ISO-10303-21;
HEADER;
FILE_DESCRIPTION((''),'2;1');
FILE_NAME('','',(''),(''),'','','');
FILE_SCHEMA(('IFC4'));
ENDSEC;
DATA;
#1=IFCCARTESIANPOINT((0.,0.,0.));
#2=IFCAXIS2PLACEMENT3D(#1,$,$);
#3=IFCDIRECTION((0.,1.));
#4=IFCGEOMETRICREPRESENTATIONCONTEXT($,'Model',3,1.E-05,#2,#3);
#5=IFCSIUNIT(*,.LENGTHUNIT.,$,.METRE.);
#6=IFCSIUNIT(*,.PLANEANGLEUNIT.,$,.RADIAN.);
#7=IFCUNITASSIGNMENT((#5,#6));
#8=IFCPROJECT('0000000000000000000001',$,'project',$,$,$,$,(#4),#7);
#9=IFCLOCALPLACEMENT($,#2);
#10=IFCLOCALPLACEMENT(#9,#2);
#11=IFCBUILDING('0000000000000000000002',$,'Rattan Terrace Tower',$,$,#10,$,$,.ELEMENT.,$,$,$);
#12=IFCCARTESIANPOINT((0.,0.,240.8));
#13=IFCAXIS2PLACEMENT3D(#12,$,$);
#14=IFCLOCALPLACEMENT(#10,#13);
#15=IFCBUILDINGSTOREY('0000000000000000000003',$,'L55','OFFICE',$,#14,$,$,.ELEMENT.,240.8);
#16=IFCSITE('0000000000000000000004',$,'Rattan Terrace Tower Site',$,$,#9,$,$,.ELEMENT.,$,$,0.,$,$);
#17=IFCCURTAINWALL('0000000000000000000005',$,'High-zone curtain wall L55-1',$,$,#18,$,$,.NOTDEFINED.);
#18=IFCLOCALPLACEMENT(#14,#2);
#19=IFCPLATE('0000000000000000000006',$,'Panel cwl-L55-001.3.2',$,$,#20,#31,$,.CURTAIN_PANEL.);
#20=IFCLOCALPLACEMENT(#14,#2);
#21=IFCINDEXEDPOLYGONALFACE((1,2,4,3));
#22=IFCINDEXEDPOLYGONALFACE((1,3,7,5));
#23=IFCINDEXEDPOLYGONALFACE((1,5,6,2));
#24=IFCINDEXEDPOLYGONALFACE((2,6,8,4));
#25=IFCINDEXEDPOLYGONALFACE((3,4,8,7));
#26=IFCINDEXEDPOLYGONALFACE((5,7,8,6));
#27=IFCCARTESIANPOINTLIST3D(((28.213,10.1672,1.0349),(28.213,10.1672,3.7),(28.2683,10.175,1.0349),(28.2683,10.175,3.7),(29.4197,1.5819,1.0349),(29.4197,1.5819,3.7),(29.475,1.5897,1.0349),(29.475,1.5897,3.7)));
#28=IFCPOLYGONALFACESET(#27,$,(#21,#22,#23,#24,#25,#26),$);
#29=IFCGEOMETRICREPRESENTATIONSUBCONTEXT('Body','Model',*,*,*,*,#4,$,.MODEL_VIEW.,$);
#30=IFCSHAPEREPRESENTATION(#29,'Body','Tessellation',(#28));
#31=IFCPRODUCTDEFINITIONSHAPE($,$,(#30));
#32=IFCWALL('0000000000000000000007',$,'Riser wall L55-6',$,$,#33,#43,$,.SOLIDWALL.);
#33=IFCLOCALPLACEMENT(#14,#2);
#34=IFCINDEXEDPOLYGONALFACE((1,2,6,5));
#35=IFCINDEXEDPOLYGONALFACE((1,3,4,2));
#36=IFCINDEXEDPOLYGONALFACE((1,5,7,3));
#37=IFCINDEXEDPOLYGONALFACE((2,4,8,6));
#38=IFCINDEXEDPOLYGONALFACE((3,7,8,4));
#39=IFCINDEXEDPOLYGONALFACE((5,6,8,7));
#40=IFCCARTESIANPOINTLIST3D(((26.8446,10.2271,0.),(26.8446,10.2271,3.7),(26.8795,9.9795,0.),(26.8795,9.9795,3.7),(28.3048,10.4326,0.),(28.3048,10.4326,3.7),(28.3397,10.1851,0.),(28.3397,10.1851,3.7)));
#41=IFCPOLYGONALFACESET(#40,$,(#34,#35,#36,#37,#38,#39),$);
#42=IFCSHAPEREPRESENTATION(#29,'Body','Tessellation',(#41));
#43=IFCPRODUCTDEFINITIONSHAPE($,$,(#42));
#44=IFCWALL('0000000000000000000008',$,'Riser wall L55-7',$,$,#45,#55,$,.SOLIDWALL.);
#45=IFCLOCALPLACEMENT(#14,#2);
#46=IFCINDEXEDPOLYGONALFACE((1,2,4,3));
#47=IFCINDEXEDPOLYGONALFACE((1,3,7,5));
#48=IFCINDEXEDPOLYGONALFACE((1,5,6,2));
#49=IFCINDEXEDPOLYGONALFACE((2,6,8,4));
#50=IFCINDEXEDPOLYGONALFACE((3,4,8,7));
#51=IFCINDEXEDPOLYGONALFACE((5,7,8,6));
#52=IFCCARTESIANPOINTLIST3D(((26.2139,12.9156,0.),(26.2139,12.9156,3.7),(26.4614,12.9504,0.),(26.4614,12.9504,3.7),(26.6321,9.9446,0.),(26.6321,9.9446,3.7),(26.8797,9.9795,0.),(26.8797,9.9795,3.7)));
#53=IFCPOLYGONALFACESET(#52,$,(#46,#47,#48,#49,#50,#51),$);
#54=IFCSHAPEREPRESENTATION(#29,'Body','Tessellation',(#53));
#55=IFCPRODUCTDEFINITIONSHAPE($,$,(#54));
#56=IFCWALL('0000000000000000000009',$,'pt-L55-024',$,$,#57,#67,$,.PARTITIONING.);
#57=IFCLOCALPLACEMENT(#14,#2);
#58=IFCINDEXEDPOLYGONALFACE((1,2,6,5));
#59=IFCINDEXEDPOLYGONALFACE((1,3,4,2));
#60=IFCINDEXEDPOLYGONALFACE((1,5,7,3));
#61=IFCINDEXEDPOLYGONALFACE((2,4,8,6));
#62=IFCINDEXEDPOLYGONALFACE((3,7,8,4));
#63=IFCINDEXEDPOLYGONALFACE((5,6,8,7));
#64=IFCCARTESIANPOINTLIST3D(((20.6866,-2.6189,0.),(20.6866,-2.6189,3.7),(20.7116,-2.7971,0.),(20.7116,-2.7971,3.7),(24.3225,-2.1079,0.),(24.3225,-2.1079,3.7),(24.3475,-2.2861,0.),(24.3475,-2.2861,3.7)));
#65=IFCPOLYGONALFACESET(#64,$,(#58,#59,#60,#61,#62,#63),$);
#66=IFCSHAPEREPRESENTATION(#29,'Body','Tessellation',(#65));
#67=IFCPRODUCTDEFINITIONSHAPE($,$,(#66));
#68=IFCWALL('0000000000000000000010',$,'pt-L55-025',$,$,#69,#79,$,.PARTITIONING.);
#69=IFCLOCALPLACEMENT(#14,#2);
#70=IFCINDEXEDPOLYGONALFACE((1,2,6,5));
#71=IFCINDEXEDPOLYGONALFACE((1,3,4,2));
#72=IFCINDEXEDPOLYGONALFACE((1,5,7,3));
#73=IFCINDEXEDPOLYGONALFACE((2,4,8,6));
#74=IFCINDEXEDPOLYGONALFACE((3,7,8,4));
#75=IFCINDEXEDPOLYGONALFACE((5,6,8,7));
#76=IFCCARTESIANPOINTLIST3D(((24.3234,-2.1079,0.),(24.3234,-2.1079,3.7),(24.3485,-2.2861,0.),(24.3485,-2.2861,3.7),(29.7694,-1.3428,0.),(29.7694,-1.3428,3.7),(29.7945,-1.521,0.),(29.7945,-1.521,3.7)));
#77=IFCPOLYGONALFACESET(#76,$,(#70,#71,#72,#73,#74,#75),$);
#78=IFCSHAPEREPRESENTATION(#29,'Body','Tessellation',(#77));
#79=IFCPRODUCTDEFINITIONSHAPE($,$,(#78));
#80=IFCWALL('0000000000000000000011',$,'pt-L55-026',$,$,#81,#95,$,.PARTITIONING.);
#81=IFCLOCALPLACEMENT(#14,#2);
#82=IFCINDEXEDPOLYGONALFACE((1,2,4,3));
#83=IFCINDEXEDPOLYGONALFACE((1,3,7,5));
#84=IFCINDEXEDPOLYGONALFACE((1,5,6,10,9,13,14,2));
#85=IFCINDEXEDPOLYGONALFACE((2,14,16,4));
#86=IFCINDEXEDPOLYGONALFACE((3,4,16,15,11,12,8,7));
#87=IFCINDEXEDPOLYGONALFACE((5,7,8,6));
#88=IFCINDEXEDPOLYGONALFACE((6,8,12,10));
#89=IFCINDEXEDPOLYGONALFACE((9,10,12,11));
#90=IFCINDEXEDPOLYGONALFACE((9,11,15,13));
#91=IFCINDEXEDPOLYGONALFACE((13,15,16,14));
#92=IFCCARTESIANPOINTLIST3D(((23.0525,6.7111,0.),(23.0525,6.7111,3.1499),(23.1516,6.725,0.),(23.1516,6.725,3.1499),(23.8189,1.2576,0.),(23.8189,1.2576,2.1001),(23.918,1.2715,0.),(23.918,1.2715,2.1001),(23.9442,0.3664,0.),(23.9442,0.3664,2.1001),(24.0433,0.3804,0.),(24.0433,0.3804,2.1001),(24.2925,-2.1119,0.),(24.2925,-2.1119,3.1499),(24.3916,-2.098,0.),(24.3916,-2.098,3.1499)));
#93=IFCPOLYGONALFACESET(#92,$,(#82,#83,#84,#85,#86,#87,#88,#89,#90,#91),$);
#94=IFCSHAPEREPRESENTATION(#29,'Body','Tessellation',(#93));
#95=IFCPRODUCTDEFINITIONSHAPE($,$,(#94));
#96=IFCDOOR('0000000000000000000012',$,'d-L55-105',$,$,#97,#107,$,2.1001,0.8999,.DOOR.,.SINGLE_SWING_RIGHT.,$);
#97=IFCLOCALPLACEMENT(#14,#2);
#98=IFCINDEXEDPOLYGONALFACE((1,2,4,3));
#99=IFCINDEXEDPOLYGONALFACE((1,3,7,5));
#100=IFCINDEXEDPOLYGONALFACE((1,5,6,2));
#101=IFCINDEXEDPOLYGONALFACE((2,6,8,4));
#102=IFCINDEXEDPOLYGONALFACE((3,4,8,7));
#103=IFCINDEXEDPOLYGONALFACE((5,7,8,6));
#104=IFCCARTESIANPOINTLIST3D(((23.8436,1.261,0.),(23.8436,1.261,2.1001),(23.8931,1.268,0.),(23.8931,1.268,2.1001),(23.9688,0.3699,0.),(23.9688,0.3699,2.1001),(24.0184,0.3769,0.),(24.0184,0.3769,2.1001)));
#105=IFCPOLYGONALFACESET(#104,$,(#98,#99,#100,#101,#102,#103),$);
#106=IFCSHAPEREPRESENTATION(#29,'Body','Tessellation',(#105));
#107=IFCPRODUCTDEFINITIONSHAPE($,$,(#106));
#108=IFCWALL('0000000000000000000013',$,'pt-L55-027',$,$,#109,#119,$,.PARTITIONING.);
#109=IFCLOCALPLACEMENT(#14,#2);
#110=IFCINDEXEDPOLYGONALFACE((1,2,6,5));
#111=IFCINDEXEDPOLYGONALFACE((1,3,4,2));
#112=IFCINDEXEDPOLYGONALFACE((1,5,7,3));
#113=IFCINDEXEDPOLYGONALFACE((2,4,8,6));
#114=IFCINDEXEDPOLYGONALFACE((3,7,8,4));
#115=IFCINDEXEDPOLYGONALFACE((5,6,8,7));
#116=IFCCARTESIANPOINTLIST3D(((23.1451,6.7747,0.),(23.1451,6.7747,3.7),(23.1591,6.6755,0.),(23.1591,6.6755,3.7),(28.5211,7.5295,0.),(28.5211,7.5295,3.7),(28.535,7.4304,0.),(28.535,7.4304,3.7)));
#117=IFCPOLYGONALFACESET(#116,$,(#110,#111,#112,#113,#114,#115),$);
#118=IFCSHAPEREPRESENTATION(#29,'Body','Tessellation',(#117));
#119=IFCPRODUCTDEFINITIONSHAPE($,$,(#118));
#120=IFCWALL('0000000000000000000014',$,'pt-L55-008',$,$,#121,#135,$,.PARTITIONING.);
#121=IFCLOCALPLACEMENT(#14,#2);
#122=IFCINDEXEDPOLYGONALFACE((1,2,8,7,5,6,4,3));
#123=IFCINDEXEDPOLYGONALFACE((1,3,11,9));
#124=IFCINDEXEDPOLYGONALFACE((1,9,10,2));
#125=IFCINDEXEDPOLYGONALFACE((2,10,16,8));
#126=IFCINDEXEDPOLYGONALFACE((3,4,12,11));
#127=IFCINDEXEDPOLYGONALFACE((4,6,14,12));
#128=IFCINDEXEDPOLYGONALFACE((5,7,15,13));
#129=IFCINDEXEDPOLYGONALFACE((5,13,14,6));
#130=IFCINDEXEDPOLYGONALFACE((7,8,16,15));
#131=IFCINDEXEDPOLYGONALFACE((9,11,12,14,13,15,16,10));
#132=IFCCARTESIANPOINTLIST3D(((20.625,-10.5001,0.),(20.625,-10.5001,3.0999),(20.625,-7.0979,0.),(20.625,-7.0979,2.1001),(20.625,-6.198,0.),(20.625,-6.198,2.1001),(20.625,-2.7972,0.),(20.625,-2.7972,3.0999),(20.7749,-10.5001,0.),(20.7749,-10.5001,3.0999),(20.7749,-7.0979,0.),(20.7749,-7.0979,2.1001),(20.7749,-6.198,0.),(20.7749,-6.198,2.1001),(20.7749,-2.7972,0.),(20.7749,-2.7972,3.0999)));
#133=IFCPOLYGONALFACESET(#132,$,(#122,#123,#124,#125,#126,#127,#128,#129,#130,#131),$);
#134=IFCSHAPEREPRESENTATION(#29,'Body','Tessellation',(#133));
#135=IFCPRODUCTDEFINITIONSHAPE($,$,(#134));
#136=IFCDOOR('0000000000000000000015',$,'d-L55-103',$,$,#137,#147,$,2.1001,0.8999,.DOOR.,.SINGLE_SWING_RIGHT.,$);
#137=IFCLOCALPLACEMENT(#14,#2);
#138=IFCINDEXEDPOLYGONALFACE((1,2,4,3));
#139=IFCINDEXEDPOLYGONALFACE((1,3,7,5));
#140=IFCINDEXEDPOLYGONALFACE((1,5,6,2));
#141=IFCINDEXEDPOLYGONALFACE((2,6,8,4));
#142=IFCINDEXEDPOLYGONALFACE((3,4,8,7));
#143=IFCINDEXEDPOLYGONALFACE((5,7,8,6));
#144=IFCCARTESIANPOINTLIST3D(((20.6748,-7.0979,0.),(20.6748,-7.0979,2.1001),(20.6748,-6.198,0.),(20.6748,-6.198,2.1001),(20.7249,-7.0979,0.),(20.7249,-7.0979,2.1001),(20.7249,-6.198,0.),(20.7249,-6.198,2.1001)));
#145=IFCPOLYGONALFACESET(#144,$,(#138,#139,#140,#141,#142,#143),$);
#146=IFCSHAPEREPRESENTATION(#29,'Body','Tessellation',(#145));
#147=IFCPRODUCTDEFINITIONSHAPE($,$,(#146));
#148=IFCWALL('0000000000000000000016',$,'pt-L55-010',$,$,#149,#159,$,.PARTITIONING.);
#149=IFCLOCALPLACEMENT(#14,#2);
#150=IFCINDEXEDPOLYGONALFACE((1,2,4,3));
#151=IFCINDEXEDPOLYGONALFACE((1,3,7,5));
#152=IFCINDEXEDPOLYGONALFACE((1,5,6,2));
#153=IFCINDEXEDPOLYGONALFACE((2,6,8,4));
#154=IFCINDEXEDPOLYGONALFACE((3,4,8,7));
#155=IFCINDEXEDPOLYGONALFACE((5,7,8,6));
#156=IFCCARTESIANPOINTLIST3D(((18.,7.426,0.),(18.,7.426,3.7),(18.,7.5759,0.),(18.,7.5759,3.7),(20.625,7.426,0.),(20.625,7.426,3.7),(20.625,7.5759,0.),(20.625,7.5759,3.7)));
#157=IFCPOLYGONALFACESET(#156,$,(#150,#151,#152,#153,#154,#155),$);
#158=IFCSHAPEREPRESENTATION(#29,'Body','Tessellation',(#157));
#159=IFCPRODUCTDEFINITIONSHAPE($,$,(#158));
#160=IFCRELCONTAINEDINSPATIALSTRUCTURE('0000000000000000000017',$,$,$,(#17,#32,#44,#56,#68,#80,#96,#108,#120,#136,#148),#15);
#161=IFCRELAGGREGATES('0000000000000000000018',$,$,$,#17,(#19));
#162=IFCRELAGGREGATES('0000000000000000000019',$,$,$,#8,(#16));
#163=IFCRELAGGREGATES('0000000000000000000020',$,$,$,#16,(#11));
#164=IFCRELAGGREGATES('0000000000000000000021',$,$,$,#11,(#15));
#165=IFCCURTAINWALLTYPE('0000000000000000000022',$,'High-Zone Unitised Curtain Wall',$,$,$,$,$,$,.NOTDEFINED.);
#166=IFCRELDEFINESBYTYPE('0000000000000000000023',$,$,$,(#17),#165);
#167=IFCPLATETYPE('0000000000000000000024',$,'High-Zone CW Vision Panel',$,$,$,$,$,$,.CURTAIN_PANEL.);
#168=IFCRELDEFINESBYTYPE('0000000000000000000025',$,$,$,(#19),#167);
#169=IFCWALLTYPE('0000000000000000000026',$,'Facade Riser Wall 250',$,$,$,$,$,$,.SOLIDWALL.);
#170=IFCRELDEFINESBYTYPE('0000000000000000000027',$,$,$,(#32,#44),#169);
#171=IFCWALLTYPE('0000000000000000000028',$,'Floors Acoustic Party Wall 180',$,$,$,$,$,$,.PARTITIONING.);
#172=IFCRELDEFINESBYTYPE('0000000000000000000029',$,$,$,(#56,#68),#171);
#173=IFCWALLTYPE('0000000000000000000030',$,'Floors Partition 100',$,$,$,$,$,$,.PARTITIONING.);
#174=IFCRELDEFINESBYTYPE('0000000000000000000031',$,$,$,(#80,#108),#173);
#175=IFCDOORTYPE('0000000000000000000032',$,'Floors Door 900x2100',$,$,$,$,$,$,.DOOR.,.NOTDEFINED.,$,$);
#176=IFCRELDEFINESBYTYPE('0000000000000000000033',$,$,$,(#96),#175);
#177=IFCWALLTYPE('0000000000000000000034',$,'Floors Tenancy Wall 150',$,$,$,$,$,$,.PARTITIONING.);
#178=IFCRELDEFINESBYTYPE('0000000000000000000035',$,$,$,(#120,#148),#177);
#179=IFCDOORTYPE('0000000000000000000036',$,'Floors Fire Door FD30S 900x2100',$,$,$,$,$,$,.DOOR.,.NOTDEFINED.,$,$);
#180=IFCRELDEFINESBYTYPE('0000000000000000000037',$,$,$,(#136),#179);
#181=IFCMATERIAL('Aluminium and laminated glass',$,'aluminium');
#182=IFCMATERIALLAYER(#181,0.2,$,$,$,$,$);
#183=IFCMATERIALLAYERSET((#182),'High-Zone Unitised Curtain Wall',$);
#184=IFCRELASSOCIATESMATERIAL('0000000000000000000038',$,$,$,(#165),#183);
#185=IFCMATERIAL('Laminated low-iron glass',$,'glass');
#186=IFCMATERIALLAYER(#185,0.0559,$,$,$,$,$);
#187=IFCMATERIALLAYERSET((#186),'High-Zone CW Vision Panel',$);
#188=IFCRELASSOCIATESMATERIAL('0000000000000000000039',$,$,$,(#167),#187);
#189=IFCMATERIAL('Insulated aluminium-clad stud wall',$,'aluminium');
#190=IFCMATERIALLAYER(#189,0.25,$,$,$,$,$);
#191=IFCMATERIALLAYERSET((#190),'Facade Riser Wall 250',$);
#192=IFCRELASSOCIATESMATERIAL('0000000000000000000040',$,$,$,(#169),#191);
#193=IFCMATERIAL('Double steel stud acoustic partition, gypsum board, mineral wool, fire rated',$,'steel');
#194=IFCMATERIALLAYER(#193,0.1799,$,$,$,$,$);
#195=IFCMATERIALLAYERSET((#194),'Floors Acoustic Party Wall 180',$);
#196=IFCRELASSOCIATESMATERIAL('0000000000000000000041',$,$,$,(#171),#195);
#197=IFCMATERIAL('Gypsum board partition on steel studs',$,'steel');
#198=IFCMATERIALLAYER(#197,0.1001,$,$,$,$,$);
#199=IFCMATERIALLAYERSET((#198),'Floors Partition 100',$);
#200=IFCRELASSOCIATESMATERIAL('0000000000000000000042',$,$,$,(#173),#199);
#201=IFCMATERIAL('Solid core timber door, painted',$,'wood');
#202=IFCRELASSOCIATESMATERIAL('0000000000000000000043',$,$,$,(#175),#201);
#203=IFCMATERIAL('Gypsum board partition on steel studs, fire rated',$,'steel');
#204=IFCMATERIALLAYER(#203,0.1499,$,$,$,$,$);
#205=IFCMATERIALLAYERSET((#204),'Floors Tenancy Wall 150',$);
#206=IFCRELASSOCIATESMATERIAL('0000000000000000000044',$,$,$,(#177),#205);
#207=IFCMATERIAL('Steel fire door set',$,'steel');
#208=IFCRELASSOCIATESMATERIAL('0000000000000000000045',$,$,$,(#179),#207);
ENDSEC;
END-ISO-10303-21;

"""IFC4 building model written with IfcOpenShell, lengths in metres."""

from ifc_helpers import new_model, si_unit, direction, frame, frame_2d, origin, origin_2d, place, context, subcontext, project, spatial, rectangle, extrude, material, layer, layer_set, type_object, element, fill, aggregate, save


model = new_model("IFC4")

# Units and contexts
model_context = context("Model", 3, precision=1e-05, world=origin(), true_north=direction((0.0, 1.0)))
body_context = subcontext(model_context, "Body", "Model", "MODEL_VIEW")
ifc_project = project(units=[si_unit("LENGTHUNIT", "METRE"), si_unit("PLANEANGLEUNIT", "RADIAN")], contexts=[model_context])

# Site, building, storey
site_placement = place(None, origin())
site = spatial("IfcSite", under=ifc_project, at=site_placement, Name="Rattan Terrace Tower Site", CompositionType="ELEMENT", RefElevation=0.0)
building_placement = place(site_placement, origin())
building = spatial("IfcBuilding", under=site, at=building_placement, Name="Rattan Terrace Tower", CompositionType="ELEMENT")
storey_placement = place(building_placement, frame((0.0, 0.0, 240.8)))
storey = spatial("IfcBuildingStorey", under=building, at=storey_placement, Name="L55", Description="OFFICE", CompositionType="ELEMENT", Elevation=240.8)

# Curtain wall, plate
ifc_material_1 = material(Name="Aluminium and laminated glass", Category="aluminium")
ifc_layer_1 = layer(ifc_material_1, 0.2)
ifc_layer_set_1 = layer_set([ifc_layer_1], Name="High-Zone Unitised Curtain Wall")
curtain_wall_type = type_object("IfcCurtainWallType", Name="High-Zone Unitised Curtain Wall", PredefinedType="NOTDEFINED", material=ifc_layer_set_1)
curtain_wall_placement = place(storey_placement, origin())
curtain_wall = element("IfcCurtainWall", 1, at=curtain_wall_placement, inside=storey, type_object=curtain_wall_type, Name="High-zone curtain wall L55-1", PredefinedType="NOTDEFINED")
ifc_material_2 = material(Name="Laminated low-iron glass", Category="glass")
ifc_layer_2 = layer(ifc_material_2, 0.0559)
ifc_layer_set_2 = layer_set([ifc_layer_2], Name="High-Zone CW Vision Panel")
plate_type_1 = type_object("IfcPlateType", Name="High-Zone CW Vision Panel", PredefinedType="CURTAIN_PANEL", material=ifc_layer_set_2)
plate_1_placement = place(storey_placement, frame((28.844, 5.8784, 1.0349), z_axis=(0.0, 0.0, 1.0), x_axis=(-0.139186, 0.990266, 0.0)))
plate_1 = element("IfcPlate", 2, at=plate_1_placement, type_object=plate_type_1, Name="Panel cwl-L55-001.3.2", PredefinedType="CURTAIN_PANEL", context=body_context, shape_type="SweptSolid", body=[
    extrude(rectangle(XDim=8.6697, YDim=0.0559, at=origin_2d()), origin(), (0.0, 0.0, 1.0), 2.665),
])
aggregate(curtain_wall, [plate_1])

# Walls
ifc_material_3 = material(Name="Insulated aluminium-clad stud wall", Category="aluminium")
ifc_layer_3 = layer(ifc_material_3, 0.25)
ifc_layer_set_3 = layer_set([ifc_layer_3], Name="Facade Riser Wall 250")
wall_type_1 = type_object("IfcWallType", Name="Facade Riser Wall 250", PredefinedType="SOLIDWALL", material=ifc_layer_set_3)
wall_1_placement = place(storey_placement, frame((28.3223, 10.3088, 0.0), z_axis=(0.0, 0.0, 1.0), x_axis=(-0.990236, -0.139404, 0.0)))
element("IfcWall", 3, at=wall_1_placement, inside=storey, type_object=wall_type_1, Name="Riser wall L55-6", PredefinedType="SOLIDWALL", context=body_context, shape_type="SweptSolid", body=[
    extrude(rectangle(XDim=1.4746, YDim=0.25, at=frame_2d((0.7373, 0.0))), origin(), (0.0, 0.0, 1.0), 3.7),
])
wall_2_placement = place(storey_placement, frame((26.7559, 9.9622, 0.0), z_axis=(0.0, 0.0, 1.0), x_axis=(-0.139393, 0.990237, 0.0)))
element("IfcWall", 4, at=wall_2_placement, inside=storey, type_object=wall_type_1, Name="Riser wall L55-7", PredefinedType="SOLIDWALL", context=body_context, shape_type="SweptSolid", body=[
    extrude(rectangle(XDim=3.0002, YDim=0.25, at=frame_2d((1.5, 0.0))), origin(), (0.0, 0.0, 1.0), 3.7),
])
ifc_material_4 = material(Name="Double steel stud acoustic partition, gypsum board, mineral wool, fire rated", Category="steel")
ifc_layer_4 = layer(ifc_material_4, 0.1799)
ifc_layer_set_4 = layer_set([ifc_layer_4], Name="Floors Acoustic Party Wall 180")
wall_type_2 = type_object("IfcWallType", Name="Floors Acoustic Party Wall 180", PredefinedType="PARTITIONING", material=ifc_layer_set_4)
wall_3_placement = place(storey_placement, frame((20.699, -2.708, 0.0), z_axis=(0.0, 0.0, 1.0), x_axis=(0.990269, 0.139168, 0.0)))
element("IfcWall", 5, at=wall_3_placement, inside=storey, type_object=wall_type_2, Name="pt-L55-024", PredefinedType="PARTITIONING", context=body_context, shape_type="SweptSolid", body=[
    extrude(rectangle(XDim=3.6716, YDim=0.1799, at=frame_2d((1.8359, 0.0))), origin(), (0.0, 0.0, 1.0), 3.7),
])
wall_4_placement = place(storey_placement, frame((24.3359, -2.197, 0.0), z_axis=(0.0, 0.0, 1.0), x_axis=(0.990274, 0.139128, 0.0)))
element("IfcWall", 6, at=wall_4_placement, inside=storey, type_object=wall_type_2, Name="pt-L55-025", PredefinedType="PARTITIONING", context=body_context, shape_type="SweptSolid", body=[
    extrude(rectangle(XDim=5.4995, YDim=0.1799, at=frame_2d((2.7498, 0.0))), origin(), (0.0, 0.0, 1.0), 3.7),
])

# Wall, opening, door
ifc_material_5 = material(Name="Gypsum board partition on steel studs", Category="steel")
ifc_layer_5 = layer(ifc_material_5, 0.1001)
ifc_layer_set_5 = layer_set([ifc_layer_5], Name="Floors Partition 100")
wall_type_3 = type_object("IfcWallType", Name="Floors Partition 100", PredefinedType="PARTITIONING", material=ifc_layer_set_5)
wall_5_placement = place(storey_placement, frame((23.1021, 6.718, 0.0), z_axis=(0.0, 0.0, 1.0), x_axis=(0.139173, -0.990268, 0.0)))
wall_5 = element("IfcWall", 7, at=wall_5_placement, inside=storey, type_object=wall_type_3, Name="pt-L55-026", PredefinedType="PARTITIONING", context=body_context, shape_type="SweptSolid", body=[
    extrude(rectangle(XDim=8.9097, YDim=0.1001, at=frame_2d((4.4548, 0.0))), origin(), (0.0, 0.0, 1.0), 3.1499),
])
opening_1_placement = place(wall_5_placement, frame((5.5071, 0.0, 0.0)))
opening_1 = element("IfcOpeningElement", 8, at=opening_1_placement, cuts=wall_5, PredefinedType="OPENING", context=body_context, shape_type="SweptSolid", body=[
    extrude(rectangle(XDim=0.8999, YDim=2.1001, at=frame_2d((0.45, 1.05))), frame((0.0, 0.0605, 0.0), z_axis=(0.0, -1.0, 0.0), x_axis=(1.0, 0.0, 0.0)), (0.0, 0.0, 1.0), 0.1211),
])
ifc_material_6 = material(Name="Solid core timber door, painted", Category="wood")
door_type_1 = type_object("IfcDoorType", Name="Floors Door 900x2100", OperationType="NOTDEFINED", PredefinedType="DOOR", material=ifc_material_6)
door_1_placement = place(opening_1_placement, origin())
door_1 = element("IfcDoor", 9, at=door_1_placement, inside=storey, type_object=door_type_1, Name="d-L55-105", OperationType="SINGLE_SWING_RIGHT", OverallHeight=2.1001, OverallWidth=0.8999, PredefinedType="DOOR", context=body_context, shape_type="SweptSolid", body=[
    extrude(rectangle(XDim=0.8999, YDim=2.1001, at=frame_2d((0.45, 1.05))), frame((0.0, 0.0249, 0.0), z_axis=(0.0, -1.0, 0.0), x_axis=(1.0, 0.0, 0.0)), (0.0, 0.0, 1.0), 0.05),
])
fill(opening_1, door_1)

# Wall
wall_6_placement = place(storey_placement, frame((28.5281, 7.48, 0.0), z_axis=(0.0, 0.0, 1.0), x_axis=(-0.990285, -0.139054, 0.0)))
element("IfcWall", 10, at=wall_6_placement, inside=storey, type_object=wall_type_3, Name="pt-L55-027", PredefinedType="PARTITIONING", context=body_context, shape_type="SweptSolid", body=[
    extrude(rectangle(XDim=5.4287, YDim=0.1001, at=frame_2d((2.7144, 0.0))), origin(), (0.0, 0.0, 1.0), 3.7),
])

# Wall, opening, door
ifc_material_7 = material(Name="Gypsum board partition on steel studs, fire rated", Category="steel")
ifc_layer_6 = layer(ifc_material_7, 0.1499)
ifc_layer_set_6 = layer_set([ifc_layer_6], Name="Floors Tenancy Wall 150")
wall_type_4 = type_object("IfcWallType", Name="Floors Tenancy Wall 150", PredefinedType="PARTITIONING", material=ifc_layer_set_6)
wall_7_placement = place(storey_placement, frame((20.7, -2.7971, 0.0), z_axis=(0.0, 0.0, 1.0), x_axis=(0.0, -1.0, 0.0)))
wall_7 = element("IfcWall", 11, at=wall_7_placement, inside=storey, type_object=wall_type_4, Name="pt-L55-008", PredefinedType="PARTITIONING", context=body_context, shape_type="SweptSolid", body=[
    extrude(rectangle(XDim=7.7029, YDim=0.1499, at=frame_2d((3.8516, 0.0))), origin(), (0.0, 0.0, 1.0), 3.0999),
])
opening_2_placement = place(wall_7_placement, frame((3.4009, 0.0, 0.0)))
opening_2 = element("IfcOpeningElement", 12, at=opening_2_placement, cuts=wall_7, PredefinedType="OPENING", context=body_context, shape_type="SweptSolid", body=[
    extrude(rectangle(XDim=0.8999, YDim=2.1001, at=frame_2d((0.45, 1.05))), frame((0.0, 0.0854, 0.0), z_axis=(0.0, -1.0, 0.0), x_axis=(1.0, 0.0, 0.0)), (0.0, 0.0, 1.0), 0.1709),
])
ifc_material_8 = material(Name="Steel fire door set", Category="steel")
door_type_2 = type_object("IfcDoorType", Name="Floors Fire Door FD30S 900x2100", OperationType="NOTDEFINED", PredefinedType="DOOR", material=ifc_material_8)
door_2_placement = place(opening_2_placement, origin())
door_2 = element("IfcDoor", 13, at=door_2_placement, inside=storey, type_object=door_type_2, Name="d-L55-103", OperationType="SINGLE_SWING_RIGHT", OverallHeight=2.1001, OverallWidth=0.8999, PredefinedType="DOOR", context=body_context, shape_type="SweptSolid", body=[
    extrude(rectangle(XDim=0.8999, YDim=2.1001, at=frame_2d((0.45, 1.05))), frame((0.0, 0.0249, 0.0), z_axis=(0.0, -1.0, 0.0), x_axis=(1.0, 0.0, 0.0)), (0.0, 0.0, 1.0), 0.05),
])
fill(opening_2, door_2)

# Wall
wall_8_placement = place(storey_placement, frame((18.0, 7.501, 0.0), z_axis=(0.0, 0.0, 1.0), x_axis=(1.0, 0.0, 0.0)))
element("IfcWall", 14, at=wall_8_placement, inside=storey, type_object=wall_type_4, Name="pt-L55-010", PredefinedType="PARTITIONING", context=body_context, shape_type="SweptSolid", body=[
    extrude(rectangle(XDim=2.625, YDim=0.1499, at=frame_2d((1.3125, 0.0))), origin(), (0.0, 0.0, 1.0), 3.7),
])

save(model, "model.ifc")
